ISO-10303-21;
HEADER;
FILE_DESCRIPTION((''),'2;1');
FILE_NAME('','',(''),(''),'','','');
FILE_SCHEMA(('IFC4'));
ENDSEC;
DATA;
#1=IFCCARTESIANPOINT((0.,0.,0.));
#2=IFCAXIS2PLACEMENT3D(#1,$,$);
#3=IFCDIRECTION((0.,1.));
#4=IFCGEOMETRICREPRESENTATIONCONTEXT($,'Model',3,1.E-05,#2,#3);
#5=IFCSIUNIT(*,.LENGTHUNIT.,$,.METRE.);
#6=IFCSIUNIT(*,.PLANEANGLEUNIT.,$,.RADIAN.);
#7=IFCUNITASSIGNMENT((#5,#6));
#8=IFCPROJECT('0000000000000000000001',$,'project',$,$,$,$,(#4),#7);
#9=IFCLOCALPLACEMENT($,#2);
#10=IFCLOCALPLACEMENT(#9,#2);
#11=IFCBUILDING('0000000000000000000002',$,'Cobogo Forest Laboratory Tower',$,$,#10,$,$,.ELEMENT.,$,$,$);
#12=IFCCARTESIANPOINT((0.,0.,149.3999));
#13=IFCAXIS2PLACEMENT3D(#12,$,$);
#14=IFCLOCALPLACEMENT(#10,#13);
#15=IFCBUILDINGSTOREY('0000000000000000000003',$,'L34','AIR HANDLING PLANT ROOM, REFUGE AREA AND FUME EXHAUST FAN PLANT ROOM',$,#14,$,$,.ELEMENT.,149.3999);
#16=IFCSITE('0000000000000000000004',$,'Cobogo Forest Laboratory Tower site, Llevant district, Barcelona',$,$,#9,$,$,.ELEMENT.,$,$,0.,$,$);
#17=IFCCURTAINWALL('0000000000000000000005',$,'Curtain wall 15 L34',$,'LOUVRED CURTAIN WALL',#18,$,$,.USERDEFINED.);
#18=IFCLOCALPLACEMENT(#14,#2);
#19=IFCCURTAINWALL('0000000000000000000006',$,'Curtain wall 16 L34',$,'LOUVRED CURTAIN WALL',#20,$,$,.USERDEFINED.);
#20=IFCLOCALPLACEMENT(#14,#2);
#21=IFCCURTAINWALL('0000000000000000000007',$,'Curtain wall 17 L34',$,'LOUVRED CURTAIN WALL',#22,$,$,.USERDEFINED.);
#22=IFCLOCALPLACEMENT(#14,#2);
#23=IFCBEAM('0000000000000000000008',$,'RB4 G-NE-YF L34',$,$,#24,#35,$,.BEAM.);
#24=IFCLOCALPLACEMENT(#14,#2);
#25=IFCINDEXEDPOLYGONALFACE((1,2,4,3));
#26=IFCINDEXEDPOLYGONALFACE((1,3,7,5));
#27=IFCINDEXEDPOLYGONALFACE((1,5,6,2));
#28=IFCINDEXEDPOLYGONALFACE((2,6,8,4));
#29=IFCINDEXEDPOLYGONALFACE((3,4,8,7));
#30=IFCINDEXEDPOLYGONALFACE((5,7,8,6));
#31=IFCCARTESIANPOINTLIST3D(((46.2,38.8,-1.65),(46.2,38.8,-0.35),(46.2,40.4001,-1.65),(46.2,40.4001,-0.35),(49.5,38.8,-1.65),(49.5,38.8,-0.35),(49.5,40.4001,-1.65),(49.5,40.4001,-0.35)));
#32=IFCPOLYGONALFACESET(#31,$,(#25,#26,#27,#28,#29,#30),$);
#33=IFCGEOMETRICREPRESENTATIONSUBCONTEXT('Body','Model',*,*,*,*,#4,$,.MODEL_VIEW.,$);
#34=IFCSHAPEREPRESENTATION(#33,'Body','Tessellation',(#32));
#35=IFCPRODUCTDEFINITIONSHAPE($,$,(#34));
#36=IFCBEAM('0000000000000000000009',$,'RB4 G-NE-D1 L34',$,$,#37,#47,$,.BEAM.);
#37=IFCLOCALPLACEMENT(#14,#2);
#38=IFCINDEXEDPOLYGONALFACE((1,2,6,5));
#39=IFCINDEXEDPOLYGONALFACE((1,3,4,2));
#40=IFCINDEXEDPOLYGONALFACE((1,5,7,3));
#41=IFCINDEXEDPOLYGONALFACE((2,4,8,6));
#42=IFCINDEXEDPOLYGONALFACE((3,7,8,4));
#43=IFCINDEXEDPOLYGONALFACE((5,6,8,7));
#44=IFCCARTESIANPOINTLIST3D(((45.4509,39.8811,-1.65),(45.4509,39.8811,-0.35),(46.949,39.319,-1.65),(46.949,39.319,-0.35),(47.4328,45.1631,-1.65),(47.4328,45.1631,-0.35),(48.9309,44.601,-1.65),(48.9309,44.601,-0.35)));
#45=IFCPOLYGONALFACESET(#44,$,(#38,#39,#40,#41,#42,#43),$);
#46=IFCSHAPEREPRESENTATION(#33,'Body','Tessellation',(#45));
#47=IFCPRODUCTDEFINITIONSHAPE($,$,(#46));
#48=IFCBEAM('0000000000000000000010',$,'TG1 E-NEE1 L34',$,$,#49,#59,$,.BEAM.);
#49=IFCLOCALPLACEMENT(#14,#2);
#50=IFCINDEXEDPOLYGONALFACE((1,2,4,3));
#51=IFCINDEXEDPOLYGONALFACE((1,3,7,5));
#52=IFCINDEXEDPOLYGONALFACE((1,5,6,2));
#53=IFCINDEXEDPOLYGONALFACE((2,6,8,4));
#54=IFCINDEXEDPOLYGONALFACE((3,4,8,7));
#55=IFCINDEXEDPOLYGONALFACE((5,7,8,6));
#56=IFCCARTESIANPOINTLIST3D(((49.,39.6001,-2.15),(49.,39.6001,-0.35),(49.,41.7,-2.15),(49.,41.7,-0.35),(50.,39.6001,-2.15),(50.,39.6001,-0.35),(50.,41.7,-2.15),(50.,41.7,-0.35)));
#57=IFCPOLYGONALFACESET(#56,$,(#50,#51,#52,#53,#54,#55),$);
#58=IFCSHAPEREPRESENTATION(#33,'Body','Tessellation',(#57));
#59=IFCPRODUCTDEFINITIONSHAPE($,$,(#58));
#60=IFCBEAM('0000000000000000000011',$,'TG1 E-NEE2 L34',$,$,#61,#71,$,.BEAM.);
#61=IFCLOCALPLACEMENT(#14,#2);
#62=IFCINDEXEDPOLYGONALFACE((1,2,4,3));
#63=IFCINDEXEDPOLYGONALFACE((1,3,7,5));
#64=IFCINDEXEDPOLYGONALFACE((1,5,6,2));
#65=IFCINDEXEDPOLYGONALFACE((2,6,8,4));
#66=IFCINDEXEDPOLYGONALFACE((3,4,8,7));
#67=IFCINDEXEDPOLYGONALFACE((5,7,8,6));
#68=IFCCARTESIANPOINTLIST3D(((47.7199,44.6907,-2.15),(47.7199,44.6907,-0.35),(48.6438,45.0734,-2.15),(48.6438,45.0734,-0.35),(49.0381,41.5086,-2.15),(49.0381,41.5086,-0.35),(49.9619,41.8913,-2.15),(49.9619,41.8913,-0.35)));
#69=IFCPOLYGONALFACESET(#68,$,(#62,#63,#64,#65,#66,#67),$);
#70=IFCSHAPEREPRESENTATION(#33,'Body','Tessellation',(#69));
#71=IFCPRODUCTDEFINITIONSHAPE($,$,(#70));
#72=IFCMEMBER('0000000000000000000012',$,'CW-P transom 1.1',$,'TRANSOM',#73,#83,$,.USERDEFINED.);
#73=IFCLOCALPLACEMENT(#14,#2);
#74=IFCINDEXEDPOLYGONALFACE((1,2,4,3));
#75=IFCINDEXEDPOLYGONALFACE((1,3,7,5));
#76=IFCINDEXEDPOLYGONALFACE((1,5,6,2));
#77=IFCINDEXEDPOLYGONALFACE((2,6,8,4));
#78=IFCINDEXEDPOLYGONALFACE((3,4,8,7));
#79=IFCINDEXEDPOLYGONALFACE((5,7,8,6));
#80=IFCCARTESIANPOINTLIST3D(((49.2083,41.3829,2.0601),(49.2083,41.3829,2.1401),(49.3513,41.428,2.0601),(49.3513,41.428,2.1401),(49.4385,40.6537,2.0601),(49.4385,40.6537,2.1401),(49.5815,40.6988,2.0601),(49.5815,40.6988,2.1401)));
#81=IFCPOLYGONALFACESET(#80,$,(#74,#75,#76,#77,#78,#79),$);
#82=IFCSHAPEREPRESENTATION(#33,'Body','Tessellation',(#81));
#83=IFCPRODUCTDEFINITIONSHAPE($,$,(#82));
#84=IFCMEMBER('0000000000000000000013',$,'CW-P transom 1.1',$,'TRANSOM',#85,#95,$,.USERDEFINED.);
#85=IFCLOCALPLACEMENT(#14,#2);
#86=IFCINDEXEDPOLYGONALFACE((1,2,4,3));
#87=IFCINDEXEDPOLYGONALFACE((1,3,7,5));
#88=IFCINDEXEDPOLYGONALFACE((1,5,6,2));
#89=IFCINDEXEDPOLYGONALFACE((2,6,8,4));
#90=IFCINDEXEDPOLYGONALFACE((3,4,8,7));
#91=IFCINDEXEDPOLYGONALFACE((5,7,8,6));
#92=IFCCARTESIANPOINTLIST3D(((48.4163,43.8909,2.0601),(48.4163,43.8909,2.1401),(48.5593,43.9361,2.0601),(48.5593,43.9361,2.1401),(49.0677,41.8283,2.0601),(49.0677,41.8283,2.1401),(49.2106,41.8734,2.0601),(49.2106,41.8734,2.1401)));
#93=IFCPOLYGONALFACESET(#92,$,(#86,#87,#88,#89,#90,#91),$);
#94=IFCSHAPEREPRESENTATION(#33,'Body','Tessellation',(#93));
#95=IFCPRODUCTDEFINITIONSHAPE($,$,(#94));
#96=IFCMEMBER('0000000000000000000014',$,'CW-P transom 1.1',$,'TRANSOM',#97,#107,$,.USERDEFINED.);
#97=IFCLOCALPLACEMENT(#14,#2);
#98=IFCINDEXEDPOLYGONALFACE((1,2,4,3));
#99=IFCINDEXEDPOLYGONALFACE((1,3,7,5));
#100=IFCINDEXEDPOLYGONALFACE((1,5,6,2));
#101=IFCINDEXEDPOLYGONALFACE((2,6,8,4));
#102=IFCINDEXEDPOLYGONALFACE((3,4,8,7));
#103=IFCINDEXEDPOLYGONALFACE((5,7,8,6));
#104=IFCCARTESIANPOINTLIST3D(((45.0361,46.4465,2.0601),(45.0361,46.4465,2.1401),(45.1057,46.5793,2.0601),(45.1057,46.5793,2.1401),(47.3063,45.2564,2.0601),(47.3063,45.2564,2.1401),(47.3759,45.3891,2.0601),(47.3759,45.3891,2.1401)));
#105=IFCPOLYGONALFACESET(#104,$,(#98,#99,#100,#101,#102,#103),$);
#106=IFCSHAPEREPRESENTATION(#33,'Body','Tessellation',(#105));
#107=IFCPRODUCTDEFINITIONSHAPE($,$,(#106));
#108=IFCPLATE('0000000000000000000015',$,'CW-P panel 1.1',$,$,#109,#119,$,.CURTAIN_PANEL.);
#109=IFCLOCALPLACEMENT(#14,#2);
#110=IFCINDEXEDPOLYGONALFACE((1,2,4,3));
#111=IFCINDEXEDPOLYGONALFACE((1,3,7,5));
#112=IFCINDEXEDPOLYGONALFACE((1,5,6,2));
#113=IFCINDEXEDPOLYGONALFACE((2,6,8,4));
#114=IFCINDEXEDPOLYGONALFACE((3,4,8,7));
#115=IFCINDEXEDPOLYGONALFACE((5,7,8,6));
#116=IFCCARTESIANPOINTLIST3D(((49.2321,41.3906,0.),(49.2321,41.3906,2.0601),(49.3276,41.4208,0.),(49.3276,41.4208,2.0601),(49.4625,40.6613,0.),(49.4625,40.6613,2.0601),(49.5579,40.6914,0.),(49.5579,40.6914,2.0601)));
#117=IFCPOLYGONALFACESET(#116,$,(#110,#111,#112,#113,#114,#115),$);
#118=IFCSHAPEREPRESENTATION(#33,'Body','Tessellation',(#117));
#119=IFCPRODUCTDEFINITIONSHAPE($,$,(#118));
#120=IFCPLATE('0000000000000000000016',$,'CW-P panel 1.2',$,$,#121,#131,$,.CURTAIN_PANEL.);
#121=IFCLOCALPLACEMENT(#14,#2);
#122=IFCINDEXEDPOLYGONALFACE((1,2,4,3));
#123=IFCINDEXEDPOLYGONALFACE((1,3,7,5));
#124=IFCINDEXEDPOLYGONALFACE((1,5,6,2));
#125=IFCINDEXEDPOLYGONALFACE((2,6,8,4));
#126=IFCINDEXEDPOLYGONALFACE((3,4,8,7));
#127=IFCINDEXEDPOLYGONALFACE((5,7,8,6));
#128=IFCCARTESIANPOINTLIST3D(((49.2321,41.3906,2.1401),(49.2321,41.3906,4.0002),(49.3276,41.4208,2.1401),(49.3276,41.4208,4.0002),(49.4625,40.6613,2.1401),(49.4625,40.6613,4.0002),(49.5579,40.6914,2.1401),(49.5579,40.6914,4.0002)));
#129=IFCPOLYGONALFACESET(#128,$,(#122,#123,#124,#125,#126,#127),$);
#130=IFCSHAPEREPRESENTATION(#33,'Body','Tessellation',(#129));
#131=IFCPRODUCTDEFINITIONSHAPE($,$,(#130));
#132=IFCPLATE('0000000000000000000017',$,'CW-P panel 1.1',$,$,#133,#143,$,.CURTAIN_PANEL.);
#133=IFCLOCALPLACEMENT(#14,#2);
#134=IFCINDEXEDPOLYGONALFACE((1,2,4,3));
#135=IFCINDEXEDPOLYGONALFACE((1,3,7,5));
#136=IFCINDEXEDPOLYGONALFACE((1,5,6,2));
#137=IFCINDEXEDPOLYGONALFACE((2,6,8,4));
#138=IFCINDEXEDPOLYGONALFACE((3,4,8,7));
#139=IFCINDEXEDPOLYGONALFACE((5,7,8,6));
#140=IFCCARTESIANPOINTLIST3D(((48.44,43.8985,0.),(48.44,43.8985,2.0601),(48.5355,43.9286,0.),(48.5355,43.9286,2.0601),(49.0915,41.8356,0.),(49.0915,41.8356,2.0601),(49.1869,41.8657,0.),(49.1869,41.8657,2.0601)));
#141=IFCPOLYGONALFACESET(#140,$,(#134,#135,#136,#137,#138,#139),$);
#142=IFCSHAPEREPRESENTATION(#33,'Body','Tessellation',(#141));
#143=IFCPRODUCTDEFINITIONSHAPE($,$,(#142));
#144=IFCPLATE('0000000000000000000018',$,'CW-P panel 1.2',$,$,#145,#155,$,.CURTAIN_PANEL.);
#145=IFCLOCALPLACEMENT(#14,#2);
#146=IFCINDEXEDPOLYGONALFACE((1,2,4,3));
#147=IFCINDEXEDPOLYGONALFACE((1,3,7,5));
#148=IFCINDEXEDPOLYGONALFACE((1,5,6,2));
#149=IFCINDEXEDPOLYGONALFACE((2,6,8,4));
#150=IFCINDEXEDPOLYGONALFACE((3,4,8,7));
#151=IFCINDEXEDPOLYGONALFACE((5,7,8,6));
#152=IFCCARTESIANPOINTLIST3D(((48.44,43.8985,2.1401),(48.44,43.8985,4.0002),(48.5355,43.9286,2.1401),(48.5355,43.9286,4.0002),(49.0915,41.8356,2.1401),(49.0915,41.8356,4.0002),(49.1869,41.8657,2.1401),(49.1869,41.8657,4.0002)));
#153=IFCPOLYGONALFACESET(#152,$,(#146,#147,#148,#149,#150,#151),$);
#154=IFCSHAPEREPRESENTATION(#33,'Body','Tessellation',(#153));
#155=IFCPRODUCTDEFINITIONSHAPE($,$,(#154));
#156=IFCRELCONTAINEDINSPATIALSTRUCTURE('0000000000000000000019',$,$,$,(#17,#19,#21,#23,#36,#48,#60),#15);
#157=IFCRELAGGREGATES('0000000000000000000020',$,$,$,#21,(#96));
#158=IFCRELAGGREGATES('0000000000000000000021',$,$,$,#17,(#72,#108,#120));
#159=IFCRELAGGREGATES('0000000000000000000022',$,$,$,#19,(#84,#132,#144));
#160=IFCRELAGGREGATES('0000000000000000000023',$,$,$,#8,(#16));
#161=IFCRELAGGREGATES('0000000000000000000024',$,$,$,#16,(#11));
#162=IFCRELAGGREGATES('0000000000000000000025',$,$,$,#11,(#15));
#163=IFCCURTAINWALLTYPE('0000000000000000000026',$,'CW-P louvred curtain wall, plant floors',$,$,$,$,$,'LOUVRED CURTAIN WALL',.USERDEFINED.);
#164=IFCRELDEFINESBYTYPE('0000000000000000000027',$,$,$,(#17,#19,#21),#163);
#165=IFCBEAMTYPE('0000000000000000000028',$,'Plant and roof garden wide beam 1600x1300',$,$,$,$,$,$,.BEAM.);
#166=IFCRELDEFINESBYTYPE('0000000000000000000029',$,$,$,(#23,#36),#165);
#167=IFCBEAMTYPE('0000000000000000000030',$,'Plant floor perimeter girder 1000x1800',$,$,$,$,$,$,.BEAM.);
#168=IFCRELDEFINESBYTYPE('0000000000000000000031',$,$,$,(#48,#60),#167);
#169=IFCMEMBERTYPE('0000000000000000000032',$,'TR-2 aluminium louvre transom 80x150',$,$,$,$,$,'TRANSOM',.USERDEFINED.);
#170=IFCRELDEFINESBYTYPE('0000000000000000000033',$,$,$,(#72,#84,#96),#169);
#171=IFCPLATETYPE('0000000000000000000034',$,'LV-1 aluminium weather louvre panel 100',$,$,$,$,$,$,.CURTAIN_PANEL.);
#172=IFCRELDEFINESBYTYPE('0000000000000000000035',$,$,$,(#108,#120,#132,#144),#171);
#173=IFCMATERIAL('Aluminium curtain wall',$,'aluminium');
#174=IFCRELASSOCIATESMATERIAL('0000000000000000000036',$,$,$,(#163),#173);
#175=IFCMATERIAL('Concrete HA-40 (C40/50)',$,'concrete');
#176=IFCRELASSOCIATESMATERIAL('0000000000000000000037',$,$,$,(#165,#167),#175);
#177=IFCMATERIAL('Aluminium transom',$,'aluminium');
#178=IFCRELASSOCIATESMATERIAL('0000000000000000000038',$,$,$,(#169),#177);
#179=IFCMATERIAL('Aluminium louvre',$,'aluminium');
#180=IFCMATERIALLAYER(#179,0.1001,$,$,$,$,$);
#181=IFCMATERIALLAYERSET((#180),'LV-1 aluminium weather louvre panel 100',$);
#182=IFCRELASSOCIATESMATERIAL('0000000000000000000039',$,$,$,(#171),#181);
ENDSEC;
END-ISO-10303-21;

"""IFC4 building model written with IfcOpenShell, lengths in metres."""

from ifc_helpers import new_model, si_unit, direction, frame, origin, origin_2d, place, context, subcontext, project, spatial, rectangle, extrude, material, layer, layer_set, material_profile, profile_set, type_object, element, aggregate, save


model = new_model("IFC4")

# Units and contexts
model_context = context("Model", 3, precision=1e-05, world=origin(), true_north=direction((0.0, 1.0)))
body_context = subcontext(model_context, "Body", "Model", "MODEL_VIEW")
ifc_project = project(units=[si_unit("LENGTHUNIT", "METRE"), si_unit("PLANEANGLEUNIT", "RADIAN")], contexts=[model_context])

# Site, building, storey
site_placement = place(None, origin())
site = spatial("IfcSite", under=ifc_project, at=site_placement, Name="Cobogo Forest Laboratory Tower site, Llevant district, Barcelona", CompositionType="ELEMENT", RefElevation=0.0)
building_placement = place(site_placement, origin())
building = spatial("IfcBuilding", under=site, at=building_placement, Name="Cobogo Forest Laboratory Tower", CompositionType="ELEMENT")
storey_placement = place(building_placement, frame((0.0, 0.0, 149.3999)))
storey = spatial("IfcBuildingStorey", under=building, at=storey_placement, Name="L34", Description="AIR HANDLING PLANT ROOM, REFUGE AREA AND FUME EXHAUST FAN PLANT ROOM", CompositionType="ELEMENT", Elevation=149.3999)

# Shared definitions
ifc_material_1 = material(Name="Aluminium curtain wall", Category="aluminium")
curtain_wall_type = type_object("IfcCurtainWallType", Name="CW-P louvred curtain wall, plant floors", ElementType="LOUVRED CURTAIN WALL", PredefinedType="USERDEFINED", material=ifc_material_1)

# Curtain walls
curtain_wall_1_placement = place(storey_placement, origin())
curtain_wall_1 = element("IfcCurtainWall", 1, at=curtain_wall_1_placement, inside=storey, type_object=curtain_wall_type, Name="Curtain wall 15 L34", ObjectType="LOUVRED CURTAIN WALL", PredefinedType="USERDEFINED")
curtain_wall_2_placement = place(storey_placement, origin())
curtain_wall_2 = element("IfcCurtainWall", 2, at=curtain_wall_2_placement, inside=storey, type_object=curtain_wall_type, Name="Curtain wall 16 L34", ObjectType="LOUVRED CURTAIN WALL", PredefinedType="USERDEFINED")

# Curtain wall
curtain_wall_3_placement = place(storey_placement, origin())
curtain_wall_3 = element("IfcCurtainWall", 3, at=curtain_wall_3_placement, inside=storey, type_object=curtain_wall_type, Name="Curtain wall 17 L34", ObjectType="LOUVRED CURTAIN WALL", PredefinedType="USERDEFINED")

# Beams
ifc_material_2 = material(Name="Concrete HA-40 (C40/50)", Category="concrete")
ifc_material_profile_1 = material_profile(ifc_material_2, rectangle(XDim=1.6001, YDim=1.3, at=origin_2d()), Name="RC 1600x1300")
ifc_profile_set_1 = profile_set([ifc_material_profile_1], Name="Concrete HA-40 (C40/50)")
beam_type_1 = type_object("IfcBeamType", Name="Plant and roof garden wide beam 1600x1300", PredefinedType="BEAM", material=ifc_profile_set_1)
beam_1_placement = place(storey_placement, frame((49.5, 39.6001, -1.0), z_axis=(-1.0, 0.0, 0.0), x_axis=(0.0, -1.0, 0.0)))
element("IfcBeam", 4, at=beam_1_placement, inside=storey, type_object=beam_type_1, Name="RB4 G-NE-YF L34", PredefinedType="BEAM", context=body_context, shape_type="SweptSolid", body=[
    extrude(rectangle(XDim=1.6001, YDim=1.3, at=origin_2d()), origin(), (0.0, 0.0, 1.0), 3.3),
])
beam_2_placement = place(storey_placement, frame((48.1819, 44.8821, -1.0), z_axis=(-0.351308, -0.93626, 0.0), x_axis=(0.93626, -0.351308, 0.0)))
element("IfcBeam", 5, at=beam_2_placement, inside=storey, type_object=beam_type_1, Name="RB4 G-NE-D1 L34", PredefinedType="BEAM", context=body_context, shape_type="SweptSolid", body=[
    extrude(rectangle(XDim=1.6001, YDim=1.3, at=origin_2d()), origin(), (0.0, 0.0, 1.0), 5.6416),
])
ifc_material_profile_2 = material_profile(ifc_material_2, rectangle(XDim=1.0, YDim=1.8, at=origin_2d()), Name="RC 1000x1800")
ifc_profile_set_2 = profile_set([ifc_material_profile_2], Name="Concrete HA-40 (C40/50)")
beam_type_2 = type_object("IfcBeamType", Name="Plant floor perimeter girder 1000x1800", PredefinedType="BEAM", material=ifc_profile_set_2)
beam_3_placement = place(storey_placement, frame((49.5, 39.6001, -1.25), z_axis=(0.0, 1.0, 0.0), x_axis=(-1.0, 0.0, 0.0)))
element("IfcBeam", 6, at=beam_3_placement, inside=storey, type_object=beam_type_2, Name="TG1 E-NEE1 L34", PredefinedType="BEAM", context=body_context, shape_type="SweptSolid", body=[
    extrude(rectangle(XDim=1.0, YDim=1.8, at=origin_2d()), origin(), (0.0, 0.0, 1.0), 2.0999),
])
beam_4_placement = place(storey_placement, frame((49.5, 41.7, -1.25), z_axis=(-0.382692, 0.923876, 0.0), x_axis=(-0.923876, -0.382692, 0.0)))
element("IfcBeam", 7, at=beam_4_placement, inside=storey, type_object=beam_type_2, Name="TG1 E-NEE2 L34", PredefinedType="BEAM", context=body_context, shape_type="SweptSolid", body=[
    extrude(rectangle(XDim=1.0, YDim=1.8, at=origin_2d()), origin(), (0.0, 0.0, 1.0), 3.4443),
])

# Members
ifc_material_3 = material(Name="Aluminium transom", Category="aluminium")
ifc_material_profile_3 = material_profile(ifc_material_3, rectangle(XDim=0.1499, YDim=0.0801, at=origin_2d()), Name="AL 80x150")
ifc_profile_set_3 = profile_set([ifc_material_profile_3], Name="Aluminium transom")
member_type_1 = type_object("IfcMemberType", Name="TR-2 aluminium louvre transom 80x150", ElementType="TRANSOM", PredefinedType="USERDEFINED", material=ifc_profile_set_3)
member_1_placement = place(storey_placement, frame((49.51, 40.6763, 2.1001), z_axis=(-0.301055, 0.953607, 0.0), x_axis=(-0.953607, -0.301055, 0.0)))
member_1 = element("IfcMember", 8, at=member_1_placement, type_object=member_type_1, Name="CW-P transom 1.1", ObjectType="TRANSOM", PredefinedType="USERDEFINED", context=body_context, shape_type="SweptSolid", body=[
    extrude(rectangle(XDim=0.1499, YDim=0.0801, at=origin_2d()), origin(), (0.0, 0.0, 1.0), 0.7646),
])
member_2_placement = place(storey_placement, frame((49.1392, 41.8508, 2.1001), z_axis=(-0.301121, 0.953586, 0.0), x_axis=(-0.953586, -0.301121, 0.0)))
member_2 = element("IfcMember", 9, at=member_2_placement, type_object=member_type_1, Name="CW-P transom 1.1", ObjectType="TRANSOM", PredefinedType="USERDEFINED", context=body_context, shape_type="SweptSolid", body=[
    extrude(rectangle(XDim=0.1499, YDim=0.0801, at=origin_2d()), origin(), (0.0, 0.0, 1.0), 2.1631),
])
member_3_placement = place(storey_placement, frame((47.3411, 45.3228, 2.1001), z_axis=(-0.885671, 0.464313, 0.0), x_axis=(-0.464313, -0.885671, 0.0)))
member_3 = element("IfcMember", 10, at=member_3_placement, type_object=member_type_1, Name="CW-P transom 1.1", ObjectType="TRANSOM", PredefinedType="USERDEFINED", context=body_context, shape_type="SweptSolid", body=[
    extrude(rectangle(XDim=0.1499, YDim=0.0801, at=origin_2d()), origin(), (0.0, 0.0, 1.0), 2.5632),
])
aggregate(curtain_wall_3, [member_3])

# Plates
ifc_material_4 = material(Name="Aluminium louvre", Category="aluminium")
ifc_layer = layer(ifc_material_4, 0.1001)
ifc_layer_set = layer_set([ifc_layer], Name="LV-1 aluminium weather louvre panel 100")
plate_type = type_object("IfcPlateType", Name="LV-1 aluminium weather louvre panel 100", PredefinedType="CURTAIN_PANEL", material=ifc_layer_set)
plate_1_placement = place(storey_placement, frame((49.395, 41.041, 0.0), z_axis=(0.0, 0.0, 1.0), x_axis=(-0.301135, 0.953581, 0.0)))
plate_1 = element("IfcPlate", 11, at=plate_1_placement, type_object=plate_type, Name="CW-P panel 1.1", PredefinedType="CURTAIN_PANEL", context=body_context, shape_type="SweptSolid", body=[
    extrude(rectangle(XDim=0.7649, YDim=0.1001, at=origin_2d()), origin(), (0.0, 0.0, 1.0), 2.0601),
])
plate_2_placement = place(storey_placement, frame((49.395, 41.041, 2.1401), z_axis=(0.0, 0.0, 1.0), x_axis=(-0.301135, 0.953581, 0.0)))
plate_2 = element("IfcPlate", 12, at=plate_2_placement, type_object=plate_type, Name="CW-P panel 1.2", PredefinedType="CURTAIN_PANEL", context=body_context, shape_type="SweptSolid", body=[
    extrude(rectangle(XDim=0.7649, YDim=0.1001, at=origin_2d()), origin(), (0.0, 0.0, 1.0), 1.8601),
])
aggregate(curtain_wall_1, [member_1, plate_1, plate_2])
plate_3_placement = place(storey_placement, frame((48.8135, 42.8821, 0.0), z_axis=(0.0, 0.0, 1.0), x_axis=(-0.301135, 0.953581, 0.0)))
plate_3 = element("IfcPlate", 13, at=plate_3_placement, type_object=plate_type, Name="CW-P panel 1.1", PredefinedType="CURTAIN_PANEL", context=body_context, shape_type="SweptSolid", body=[
    extrude(rectangle(XDim=2.1633, YDim=0.1001, at=origin_2d()), origin(), (0.0, 0.0, 1.0), 2.0601),
])
plate_4_placement = place(storey_placement, frame((48.8135, 42.8821, 2.1401), z_axis=(0.0, 0.0, 1.0), x_axis=(-0.301135, 0.953581, 0.0)))
plate_4 = element("IfcPlate", 14, at=plate_4_placement, type_object=plate_type, Name="CW-P panel 1.2", PredefinedType="CURTAIN_PANEL", context=body_context, shape_type="SweptSolid", body=[
    extrude(rectangle(XDim=2.1633, YDim=0.1001, at=origin_2d()), origin(), (0.0, 0.0, 1.0), 1.8601),
])
aggregate(curtain_wall_2, [member_2, plate_3, plate_4])

save(model, "model.ifc")
